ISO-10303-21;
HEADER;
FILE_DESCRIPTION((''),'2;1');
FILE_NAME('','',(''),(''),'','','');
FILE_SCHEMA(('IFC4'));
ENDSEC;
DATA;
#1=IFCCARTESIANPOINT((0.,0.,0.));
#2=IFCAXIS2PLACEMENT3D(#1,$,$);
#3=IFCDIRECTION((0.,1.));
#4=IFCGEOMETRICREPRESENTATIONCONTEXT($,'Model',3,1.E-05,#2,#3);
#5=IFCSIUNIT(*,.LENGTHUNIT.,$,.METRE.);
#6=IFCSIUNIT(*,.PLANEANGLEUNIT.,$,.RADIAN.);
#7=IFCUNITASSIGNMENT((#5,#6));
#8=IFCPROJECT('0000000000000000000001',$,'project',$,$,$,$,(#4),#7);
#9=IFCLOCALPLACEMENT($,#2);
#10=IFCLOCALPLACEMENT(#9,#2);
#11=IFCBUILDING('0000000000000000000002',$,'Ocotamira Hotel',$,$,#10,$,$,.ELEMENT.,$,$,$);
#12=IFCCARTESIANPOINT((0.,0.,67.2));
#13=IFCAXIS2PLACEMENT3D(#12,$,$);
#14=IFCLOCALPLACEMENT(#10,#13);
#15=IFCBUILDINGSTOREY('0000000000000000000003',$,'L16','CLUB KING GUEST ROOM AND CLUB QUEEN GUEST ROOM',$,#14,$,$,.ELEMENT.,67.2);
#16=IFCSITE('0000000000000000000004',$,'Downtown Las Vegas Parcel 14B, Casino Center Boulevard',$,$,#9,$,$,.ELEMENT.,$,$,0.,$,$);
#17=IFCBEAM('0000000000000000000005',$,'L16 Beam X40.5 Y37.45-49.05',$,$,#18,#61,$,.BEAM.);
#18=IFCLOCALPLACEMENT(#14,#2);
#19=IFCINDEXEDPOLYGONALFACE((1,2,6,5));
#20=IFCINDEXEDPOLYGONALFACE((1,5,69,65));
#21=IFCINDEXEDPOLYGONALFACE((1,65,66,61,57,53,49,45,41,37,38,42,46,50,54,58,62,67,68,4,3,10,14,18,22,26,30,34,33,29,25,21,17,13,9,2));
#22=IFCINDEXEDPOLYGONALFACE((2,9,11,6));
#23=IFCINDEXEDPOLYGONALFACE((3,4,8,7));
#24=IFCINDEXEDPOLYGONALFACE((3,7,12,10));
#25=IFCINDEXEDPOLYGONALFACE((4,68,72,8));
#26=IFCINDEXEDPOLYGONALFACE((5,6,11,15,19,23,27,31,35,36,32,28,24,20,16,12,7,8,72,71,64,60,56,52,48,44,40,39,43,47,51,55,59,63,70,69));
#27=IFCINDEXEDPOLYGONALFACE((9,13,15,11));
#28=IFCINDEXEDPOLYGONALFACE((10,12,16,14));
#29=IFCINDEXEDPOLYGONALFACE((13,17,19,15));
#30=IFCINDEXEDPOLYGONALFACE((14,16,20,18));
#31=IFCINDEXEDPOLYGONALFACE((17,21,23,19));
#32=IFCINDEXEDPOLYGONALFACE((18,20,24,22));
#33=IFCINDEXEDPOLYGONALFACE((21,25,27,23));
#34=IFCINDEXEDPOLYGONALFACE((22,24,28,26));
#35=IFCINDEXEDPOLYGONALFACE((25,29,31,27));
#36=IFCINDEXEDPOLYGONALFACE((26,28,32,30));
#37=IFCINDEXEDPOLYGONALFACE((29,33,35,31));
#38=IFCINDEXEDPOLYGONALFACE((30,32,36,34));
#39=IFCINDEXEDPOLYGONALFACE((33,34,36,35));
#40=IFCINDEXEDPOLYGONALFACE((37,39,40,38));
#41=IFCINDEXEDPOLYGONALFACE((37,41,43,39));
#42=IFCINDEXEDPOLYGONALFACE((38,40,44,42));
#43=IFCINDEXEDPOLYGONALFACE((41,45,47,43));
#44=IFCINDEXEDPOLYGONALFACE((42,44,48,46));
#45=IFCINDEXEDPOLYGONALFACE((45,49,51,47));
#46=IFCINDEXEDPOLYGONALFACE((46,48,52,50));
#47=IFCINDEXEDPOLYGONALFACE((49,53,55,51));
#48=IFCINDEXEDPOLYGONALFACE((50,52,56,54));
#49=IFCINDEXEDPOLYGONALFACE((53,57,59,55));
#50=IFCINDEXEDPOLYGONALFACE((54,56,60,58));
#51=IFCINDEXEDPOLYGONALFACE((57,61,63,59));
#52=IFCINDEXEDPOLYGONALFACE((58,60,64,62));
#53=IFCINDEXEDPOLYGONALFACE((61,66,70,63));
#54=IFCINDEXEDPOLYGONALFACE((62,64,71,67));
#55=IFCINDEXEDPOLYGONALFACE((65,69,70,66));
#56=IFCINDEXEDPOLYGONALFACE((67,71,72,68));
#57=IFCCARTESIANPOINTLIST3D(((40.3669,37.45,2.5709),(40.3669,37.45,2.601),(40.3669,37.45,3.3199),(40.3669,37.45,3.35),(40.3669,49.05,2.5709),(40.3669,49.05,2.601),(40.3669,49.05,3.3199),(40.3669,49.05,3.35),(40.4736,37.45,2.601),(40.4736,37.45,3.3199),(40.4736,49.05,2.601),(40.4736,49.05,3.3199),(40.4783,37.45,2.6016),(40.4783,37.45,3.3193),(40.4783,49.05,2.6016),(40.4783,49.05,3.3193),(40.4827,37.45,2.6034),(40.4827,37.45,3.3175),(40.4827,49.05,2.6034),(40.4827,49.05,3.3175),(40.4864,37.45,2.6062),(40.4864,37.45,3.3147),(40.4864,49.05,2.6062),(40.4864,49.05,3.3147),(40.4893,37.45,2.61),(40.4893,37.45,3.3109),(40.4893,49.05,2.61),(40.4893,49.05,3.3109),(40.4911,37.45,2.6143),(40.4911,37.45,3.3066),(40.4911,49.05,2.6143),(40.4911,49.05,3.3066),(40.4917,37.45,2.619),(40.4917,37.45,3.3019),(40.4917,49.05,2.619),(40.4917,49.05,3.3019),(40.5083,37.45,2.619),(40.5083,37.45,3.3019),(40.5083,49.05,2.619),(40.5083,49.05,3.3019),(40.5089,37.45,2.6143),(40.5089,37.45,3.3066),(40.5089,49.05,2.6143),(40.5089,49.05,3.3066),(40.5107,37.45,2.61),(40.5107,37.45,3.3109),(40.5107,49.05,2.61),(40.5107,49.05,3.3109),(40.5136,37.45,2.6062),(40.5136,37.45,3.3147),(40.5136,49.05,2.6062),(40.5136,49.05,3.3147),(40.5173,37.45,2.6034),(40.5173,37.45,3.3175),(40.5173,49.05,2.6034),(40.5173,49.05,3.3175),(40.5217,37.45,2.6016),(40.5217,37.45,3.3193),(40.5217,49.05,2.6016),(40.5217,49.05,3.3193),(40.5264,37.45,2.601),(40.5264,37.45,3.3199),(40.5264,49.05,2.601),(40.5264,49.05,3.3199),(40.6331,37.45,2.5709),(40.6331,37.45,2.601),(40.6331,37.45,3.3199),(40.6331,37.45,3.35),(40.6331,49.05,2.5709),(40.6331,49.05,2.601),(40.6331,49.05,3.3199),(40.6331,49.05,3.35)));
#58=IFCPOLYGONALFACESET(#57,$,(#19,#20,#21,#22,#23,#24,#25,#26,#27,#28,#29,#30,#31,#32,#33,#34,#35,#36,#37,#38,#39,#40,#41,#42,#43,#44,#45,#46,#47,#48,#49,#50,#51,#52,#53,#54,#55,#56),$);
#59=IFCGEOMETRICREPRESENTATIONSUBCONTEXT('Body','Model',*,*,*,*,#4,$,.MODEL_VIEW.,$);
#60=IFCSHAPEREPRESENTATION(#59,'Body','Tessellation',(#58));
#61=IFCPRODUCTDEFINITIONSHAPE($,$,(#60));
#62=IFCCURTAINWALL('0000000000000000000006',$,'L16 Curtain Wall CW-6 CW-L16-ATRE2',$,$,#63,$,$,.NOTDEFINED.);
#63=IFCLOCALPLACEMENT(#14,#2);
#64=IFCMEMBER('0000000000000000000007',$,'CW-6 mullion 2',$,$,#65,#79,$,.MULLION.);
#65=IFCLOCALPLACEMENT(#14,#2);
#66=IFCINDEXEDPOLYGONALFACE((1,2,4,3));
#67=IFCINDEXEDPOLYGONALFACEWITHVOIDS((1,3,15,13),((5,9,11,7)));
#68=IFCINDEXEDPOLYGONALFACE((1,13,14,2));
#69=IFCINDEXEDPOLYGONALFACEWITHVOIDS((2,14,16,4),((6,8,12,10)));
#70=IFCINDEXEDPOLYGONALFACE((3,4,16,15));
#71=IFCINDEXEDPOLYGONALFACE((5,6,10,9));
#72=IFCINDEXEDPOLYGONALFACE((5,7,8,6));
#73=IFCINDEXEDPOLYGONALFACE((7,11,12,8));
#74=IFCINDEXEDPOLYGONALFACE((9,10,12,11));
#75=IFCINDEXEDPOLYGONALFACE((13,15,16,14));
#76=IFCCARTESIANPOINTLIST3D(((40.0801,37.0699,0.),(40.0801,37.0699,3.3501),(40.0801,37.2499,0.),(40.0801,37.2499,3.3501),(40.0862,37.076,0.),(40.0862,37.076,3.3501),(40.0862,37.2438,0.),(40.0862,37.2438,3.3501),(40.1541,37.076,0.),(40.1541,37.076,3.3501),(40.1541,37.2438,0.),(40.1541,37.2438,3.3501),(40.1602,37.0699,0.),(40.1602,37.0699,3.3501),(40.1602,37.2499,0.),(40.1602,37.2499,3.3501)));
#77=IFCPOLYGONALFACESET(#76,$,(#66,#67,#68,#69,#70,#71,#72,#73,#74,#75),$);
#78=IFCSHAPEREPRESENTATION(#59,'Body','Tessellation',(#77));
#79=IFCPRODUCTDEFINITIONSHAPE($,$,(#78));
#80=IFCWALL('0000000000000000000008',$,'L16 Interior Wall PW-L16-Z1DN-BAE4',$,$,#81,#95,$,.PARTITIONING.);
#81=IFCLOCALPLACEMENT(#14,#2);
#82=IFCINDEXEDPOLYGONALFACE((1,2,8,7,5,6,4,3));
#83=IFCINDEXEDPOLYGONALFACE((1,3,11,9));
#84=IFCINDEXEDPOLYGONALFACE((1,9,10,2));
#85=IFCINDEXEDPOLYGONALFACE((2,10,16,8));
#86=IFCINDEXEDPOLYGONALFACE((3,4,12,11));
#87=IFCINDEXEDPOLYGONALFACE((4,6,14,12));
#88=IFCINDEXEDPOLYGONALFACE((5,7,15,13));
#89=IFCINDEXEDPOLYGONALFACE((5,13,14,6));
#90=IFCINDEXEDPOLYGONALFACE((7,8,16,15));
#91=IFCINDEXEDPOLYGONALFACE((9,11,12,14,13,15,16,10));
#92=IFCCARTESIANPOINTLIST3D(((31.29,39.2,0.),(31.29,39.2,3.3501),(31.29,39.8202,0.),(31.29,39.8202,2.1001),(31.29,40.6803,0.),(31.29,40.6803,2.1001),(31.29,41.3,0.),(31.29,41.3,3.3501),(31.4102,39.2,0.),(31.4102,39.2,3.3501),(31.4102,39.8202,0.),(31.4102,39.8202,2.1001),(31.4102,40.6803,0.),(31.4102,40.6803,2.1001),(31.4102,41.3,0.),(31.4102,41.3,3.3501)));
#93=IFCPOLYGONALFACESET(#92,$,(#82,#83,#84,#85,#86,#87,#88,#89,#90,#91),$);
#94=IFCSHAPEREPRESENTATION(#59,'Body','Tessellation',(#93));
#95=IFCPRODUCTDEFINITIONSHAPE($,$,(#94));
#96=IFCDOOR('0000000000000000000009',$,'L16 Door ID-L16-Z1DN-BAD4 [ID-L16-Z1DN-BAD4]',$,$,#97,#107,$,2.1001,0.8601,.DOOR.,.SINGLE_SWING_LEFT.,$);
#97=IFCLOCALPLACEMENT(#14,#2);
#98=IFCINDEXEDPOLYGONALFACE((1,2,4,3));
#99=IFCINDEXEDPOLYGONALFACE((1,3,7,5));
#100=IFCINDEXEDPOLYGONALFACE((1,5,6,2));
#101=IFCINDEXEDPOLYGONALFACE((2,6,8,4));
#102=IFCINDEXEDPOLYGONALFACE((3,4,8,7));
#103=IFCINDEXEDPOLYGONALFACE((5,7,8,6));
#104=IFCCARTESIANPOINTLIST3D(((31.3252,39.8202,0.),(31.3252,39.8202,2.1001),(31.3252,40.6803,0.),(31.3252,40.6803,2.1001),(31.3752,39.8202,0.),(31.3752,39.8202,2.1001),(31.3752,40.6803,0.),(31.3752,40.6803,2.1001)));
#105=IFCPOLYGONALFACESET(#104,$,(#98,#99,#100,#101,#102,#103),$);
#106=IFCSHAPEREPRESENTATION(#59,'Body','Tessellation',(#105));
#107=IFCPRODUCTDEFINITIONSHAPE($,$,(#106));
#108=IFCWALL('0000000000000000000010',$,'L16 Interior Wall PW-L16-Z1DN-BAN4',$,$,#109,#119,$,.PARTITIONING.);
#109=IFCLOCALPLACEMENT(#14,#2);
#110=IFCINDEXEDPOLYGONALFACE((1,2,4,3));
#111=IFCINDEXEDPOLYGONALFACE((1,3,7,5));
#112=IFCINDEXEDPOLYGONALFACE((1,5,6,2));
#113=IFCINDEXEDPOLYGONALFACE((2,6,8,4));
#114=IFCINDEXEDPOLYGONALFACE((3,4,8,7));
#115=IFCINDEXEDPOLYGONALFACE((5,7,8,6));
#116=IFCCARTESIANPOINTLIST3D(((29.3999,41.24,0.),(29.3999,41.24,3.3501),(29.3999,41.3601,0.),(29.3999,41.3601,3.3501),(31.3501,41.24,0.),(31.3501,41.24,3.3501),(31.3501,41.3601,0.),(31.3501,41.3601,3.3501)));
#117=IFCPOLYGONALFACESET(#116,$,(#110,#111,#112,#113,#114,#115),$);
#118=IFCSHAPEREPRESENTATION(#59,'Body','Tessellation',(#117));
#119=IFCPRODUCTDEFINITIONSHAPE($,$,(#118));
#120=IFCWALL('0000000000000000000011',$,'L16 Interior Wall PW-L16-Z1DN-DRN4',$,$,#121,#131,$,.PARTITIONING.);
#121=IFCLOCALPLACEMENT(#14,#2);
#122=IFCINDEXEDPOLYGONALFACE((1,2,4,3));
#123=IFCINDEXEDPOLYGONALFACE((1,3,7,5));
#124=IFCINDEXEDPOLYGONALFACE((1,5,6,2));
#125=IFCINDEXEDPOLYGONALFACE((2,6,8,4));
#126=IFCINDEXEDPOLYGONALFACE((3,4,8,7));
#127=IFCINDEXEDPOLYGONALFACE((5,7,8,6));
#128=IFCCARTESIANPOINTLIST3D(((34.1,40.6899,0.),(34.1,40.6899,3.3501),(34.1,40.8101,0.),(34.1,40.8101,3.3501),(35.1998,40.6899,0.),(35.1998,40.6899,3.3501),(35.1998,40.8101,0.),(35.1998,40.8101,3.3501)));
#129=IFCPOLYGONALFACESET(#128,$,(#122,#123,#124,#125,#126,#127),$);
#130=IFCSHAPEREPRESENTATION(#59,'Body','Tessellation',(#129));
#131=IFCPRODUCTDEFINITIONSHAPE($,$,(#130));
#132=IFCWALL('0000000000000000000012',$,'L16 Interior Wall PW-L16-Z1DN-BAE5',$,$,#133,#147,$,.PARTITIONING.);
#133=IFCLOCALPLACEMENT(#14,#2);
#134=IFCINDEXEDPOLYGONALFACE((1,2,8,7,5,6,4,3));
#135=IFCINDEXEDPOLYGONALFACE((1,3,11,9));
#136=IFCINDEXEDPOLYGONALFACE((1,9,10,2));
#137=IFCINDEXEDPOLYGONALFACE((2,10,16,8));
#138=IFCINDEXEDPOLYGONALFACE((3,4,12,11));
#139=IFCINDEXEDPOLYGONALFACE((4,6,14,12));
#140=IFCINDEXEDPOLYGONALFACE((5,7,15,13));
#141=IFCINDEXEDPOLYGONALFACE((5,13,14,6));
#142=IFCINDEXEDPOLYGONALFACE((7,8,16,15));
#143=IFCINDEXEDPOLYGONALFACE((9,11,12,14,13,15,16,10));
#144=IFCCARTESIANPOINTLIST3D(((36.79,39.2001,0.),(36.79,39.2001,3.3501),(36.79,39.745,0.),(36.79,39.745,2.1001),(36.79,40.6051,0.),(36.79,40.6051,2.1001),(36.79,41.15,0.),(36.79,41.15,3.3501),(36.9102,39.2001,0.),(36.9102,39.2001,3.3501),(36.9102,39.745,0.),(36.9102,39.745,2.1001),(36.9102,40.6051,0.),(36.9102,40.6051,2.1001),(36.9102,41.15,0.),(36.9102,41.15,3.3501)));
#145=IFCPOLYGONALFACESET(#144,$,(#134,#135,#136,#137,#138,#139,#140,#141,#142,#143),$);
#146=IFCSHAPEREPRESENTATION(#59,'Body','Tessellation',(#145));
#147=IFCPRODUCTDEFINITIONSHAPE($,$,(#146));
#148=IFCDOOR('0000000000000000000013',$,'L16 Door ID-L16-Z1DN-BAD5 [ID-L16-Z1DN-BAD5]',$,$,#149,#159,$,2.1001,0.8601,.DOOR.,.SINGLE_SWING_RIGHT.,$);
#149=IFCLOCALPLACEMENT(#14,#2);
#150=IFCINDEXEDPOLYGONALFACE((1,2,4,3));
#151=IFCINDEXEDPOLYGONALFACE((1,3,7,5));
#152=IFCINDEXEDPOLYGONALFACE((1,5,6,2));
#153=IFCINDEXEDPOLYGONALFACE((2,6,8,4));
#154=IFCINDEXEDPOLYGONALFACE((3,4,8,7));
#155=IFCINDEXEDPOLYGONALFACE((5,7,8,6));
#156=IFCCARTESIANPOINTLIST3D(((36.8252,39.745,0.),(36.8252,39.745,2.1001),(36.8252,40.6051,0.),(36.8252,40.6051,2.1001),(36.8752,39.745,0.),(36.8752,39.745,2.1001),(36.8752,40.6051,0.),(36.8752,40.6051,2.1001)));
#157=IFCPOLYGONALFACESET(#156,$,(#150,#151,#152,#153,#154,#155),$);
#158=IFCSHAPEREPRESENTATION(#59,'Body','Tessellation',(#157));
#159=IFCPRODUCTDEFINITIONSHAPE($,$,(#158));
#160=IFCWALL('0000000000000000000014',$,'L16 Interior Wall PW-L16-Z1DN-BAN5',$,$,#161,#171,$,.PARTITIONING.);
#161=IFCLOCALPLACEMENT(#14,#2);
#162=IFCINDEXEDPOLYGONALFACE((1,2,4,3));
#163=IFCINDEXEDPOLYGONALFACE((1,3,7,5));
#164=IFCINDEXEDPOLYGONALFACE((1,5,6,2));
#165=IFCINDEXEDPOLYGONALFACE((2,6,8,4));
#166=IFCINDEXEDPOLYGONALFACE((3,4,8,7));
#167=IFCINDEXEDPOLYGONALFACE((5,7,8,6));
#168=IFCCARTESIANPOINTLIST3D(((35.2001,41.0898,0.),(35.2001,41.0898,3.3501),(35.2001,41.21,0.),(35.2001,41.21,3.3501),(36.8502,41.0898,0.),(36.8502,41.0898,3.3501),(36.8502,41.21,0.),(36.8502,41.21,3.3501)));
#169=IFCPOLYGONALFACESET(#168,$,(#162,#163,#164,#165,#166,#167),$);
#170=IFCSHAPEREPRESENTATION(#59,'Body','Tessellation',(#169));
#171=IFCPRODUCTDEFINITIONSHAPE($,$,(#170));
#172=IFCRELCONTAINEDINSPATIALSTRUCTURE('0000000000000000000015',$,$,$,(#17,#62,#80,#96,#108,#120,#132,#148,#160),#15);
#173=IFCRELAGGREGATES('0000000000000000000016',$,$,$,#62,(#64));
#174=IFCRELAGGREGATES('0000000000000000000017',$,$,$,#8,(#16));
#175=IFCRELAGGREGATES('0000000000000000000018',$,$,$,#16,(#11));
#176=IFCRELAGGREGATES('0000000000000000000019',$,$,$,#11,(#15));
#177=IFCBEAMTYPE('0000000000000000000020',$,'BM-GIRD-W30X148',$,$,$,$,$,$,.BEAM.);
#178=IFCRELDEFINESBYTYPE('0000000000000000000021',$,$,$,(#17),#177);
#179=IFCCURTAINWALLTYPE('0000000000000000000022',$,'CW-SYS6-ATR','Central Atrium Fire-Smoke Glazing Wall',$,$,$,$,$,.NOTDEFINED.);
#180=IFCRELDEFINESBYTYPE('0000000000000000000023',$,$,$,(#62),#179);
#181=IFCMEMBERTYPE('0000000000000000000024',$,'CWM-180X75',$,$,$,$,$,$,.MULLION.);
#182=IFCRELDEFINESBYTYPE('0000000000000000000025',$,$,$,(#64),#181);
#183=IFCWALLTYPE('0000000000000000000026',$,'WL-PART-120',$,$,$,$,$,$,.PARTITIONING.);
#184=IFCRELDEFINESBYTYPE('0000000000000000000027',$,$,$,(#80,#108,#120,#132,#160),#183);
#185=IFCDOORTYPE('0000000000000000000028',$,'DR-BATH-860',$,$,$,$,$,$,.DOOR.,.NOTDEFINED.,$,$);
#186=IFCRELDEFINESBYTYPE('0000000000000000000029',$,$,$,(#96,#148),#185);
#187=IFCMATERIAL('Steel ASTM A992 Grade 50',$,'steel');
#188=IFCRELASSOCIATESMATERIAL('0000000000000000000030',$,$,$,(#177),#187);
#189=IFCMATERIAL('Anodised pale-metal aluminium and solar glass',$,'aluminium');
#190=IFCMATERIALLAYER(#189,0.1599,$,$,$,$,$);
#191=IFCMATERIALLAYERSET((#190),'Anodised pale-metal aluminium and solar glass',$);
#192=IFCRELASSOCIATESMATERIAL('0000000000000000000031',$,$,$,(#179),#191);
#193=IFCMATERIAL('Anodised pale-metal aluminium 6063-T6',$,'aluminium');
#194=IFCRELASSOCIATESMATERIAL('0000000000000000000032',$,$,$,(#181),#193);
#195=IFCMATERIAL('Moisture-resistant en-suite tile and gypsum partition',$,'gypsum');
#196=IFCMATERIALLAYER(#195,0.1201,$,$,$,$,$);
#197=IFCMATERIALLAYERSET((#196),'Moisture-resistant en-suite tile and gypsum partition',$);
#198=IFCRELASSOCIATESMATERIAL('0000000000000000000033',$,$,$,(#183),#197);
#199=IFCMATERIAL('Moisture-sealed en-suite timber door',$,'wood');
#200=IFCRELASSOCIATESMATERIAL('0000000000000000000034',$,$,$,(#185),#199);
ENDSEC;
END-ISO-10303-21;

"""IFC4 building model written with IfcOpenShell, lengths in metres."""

from ifc_helpers import new_model, si_unit, direction, frame, frame_2d, origin, origin_2d, place, context, subcontext, project, spatial, rectangle, hollow_rectangle, i_section, extrude, source, transform, mapped, material, layer, layer_set, material_profile, profile_set, type_object, element, fill, aggregate, save


model = new_model("IFC4")

# Units and contexts
model_context = context("Model", 3, precision=1e-05, world=origin(), true_north=direction((0.0, 1.0)))
body_context = subcontext(model_context, "Body", "Model", "MODEL_VIEW")
ifc_project = project(units=[si_unit("LENGTHUNIT", "METRE"), si_unit("PLANEANGLEUNIT", "RADIAN")], contexts=[model_context])

# Site, building, storey
site_placement = place(None, origin())
site = spatial("IfcSite", under=ifc_project, at=site_placement, Name="Downtown Las Vegas Parcel 14B, Casino Center Boulevard", CompositionType="ELEMENT", RefElevation=0.0)
building_placement = place(site_placement, origin())
building = spatial("IfcBuilding", under=site, at=building_placement, Name="Ocotamira Hotel", CompositionType="ELEMENT")
storey_placement = place(building_placement, frame((0.0, 0.0, 67.2)))
storey = spatial("IfcBuildingStorey", under=building, at=storey_placement, Name="L16", Description="CLUB KING GUEST ROOM AND CLUB QUEEN GUEST ROOM", CompositionType="ELEMENT", Elevation=67.2)

# Beam
ifc_material_1 = material(Name="Steel ASTM A992 Grade 50", Category="steel")
ifc_material_profile_1 = material_profile(ifc_material_1, i_section(OverallWidth=0.2661, OverallDepth=0.7791, WebThickness=0.0166, FlangeThickness=0.03, FilletRadius=0.0181, at=origin_2d()), Name="W30X148")
ifc_profile_set_1 = profile_set([ifc_material_profile_1], Name="Steel ASTM A992 Grade 50")
beam_type_1 = type_object("IfcBeamType", Name="BM-GIRD-W30X148", PredefinedType="BEAM", material=ifc_profile_set_1)
shared_shape_1 = source(origin(), body_context, "Body", "SweptSolid", [
    extrude(i_section(OverallWidth=0.2661, OverallDepth=0.7791, WebThickness=0.0166, FlangeThickness=0.03, FilletRadius=0.0181, at=origin_2d()), origin(), (0.0, 0.0, 1.0), 11.6001),
])
beam_1_placement = place(storey_placement, frame((40.5, 37.45, 2.9604), z_axis=(0.0, 1.0, 0.0), x_axis=(-1.0, 0.0, 0.0)))
element("IfcBeam", 1, at=beam_1_placement, inside=storey, type_object=beam_type_1, Name="L16 Beam X40.5 Y37.45-49.05", PredefinedType="BEAM", context=body_context, shape_type="MappedRepresentation", body=[
    mapped(shared_shape_1, transform((0.0, 0.0, 0.0), scale=1.0)),
])

# Curtain wall, member
ifc_material_2 = material(Name="Anodised pale-metal aluminium and solar glass", Category="aluminium")
ifc_layer_1 = layer(ifc_material_2, 0.1599)
ifc_layer_set_1 = layer_set([ifc_layer_1], Name="Anodised pale-metal aluminium and solar glass")
curtain_wall_type = type_object("IfcCurtainWallType", Name="CW-SYS6-ATR", Description="Central Atrium Fire-Smoke Glazing Wall", PredefinedType="NOTDEFINED", material=ifc_layer_set_1)
curtain_wall_placement = place(storey_placement, origin())
curtain_wall = element("IfcCurtainWall", 2, at=curtain_wall_placement, inside=storey, type_object=curtain_wall_type, Name="L16 Curtain Wall CW-6 CW-L16-ATRE2", PredefinedType="NOTDEFINED")
ifc_material_3 = material(Name="Anodised pale-metal aluminium 6063-T6", Category="aluminium")
ifc_material_profile_2 = material_profile(ifc_material_3, hollow_rectangle(XDim=0.0801, YDim=0.1799, WallThickness=0.0061, at=origin_2d()), Name="HSS180X80X6")
ifc_profile_set_2 = profile_set([ifc_material_profile_2], Name="Anodised pale-metal aluminium 6063-T6")
member_type = type_object("IfcMemberType", Name="CWM-180X75", PredefinedType="MULLION", material=ifc_profile_set_2)
shared_shape_2 = source(origin(), body_context, "Body", "SweptSolid", [
    extrude(hollow_rectangle(XDim=0.0801, YDim=0.1799, WallThickness=0.0061, at=origin_2d()), origin(), (0.0, 0.0, 1.0), 3.3501),
])
member_placement = place(storey_placement, frame((40.1201, 37.1599, 0.0), z_axis=(0.0, 0.0, 1.0), x_axis=(-1.0, 0.0, 0.0)))
member = element("IfcMember", 3, at=member_placement, type_object=member_type, Name="CW-6 mullion 2", PredefinedType="MULLION", context=body_context, shape_type="MappedRepresentation", body=[
    mapped(shared_shape_2, transform((0.0, 0.0, 0.0), scale=1.0)),
])
aggregate(curtain_wall, [member])

# Wall, opening, door
ifc_material_4 = material(Name="Moisture-resistant en-suite tile and gypsum partition", Category="gypsum")
ifc_layer_2 = layer(ifc_material_4, 0.1201)
ifc_layer_set_2 = layer_set([ifc_layer_2], Name="Moisture-resistant en-suite tile and gypsum partition")
wall_type_1 = type_object("IfcWallType", Name="WL-PART-120", PredefinedType="PARTITIONING", material=ifc_layer_set_2)
wall_1_placement = place(storey_placement, frame((31.3501, 39.2, 0.0), z_axis=(0.0, 0.0, 1.0), x_axis=(0.0, 1.0, 0.0)))
wall_1 = element("IfcWall", 4, at=wall_1_placement, inside=storey, type_object=wall_type_1, Name="L16 Interior Wall PW-L16-Z1DN-BAE4", PredefinedType="PARTITIONING", context=body_context, shape_type="SweptSolid", body=[
    extrude(rectangle(XDim=2.1001, YDim=0.1201, at=frame_2d((1.05, 0.0))), origin(), (0.0, 0.0, 1.0), 3.3501),
])
opening_1_placement = place(wall_1_placement, frame((0.6201, 0.0, 0.0)))
opening_1 = element("IfcOpeningElement", 5, at=opening_1_placement, cuts=wall_1, PredefinedType="OPENING", context=body_context, shape_type="SweptSolid", body=[
    extrude(rectangle(XDim=0.8601, YDim=2.1001, at=frame_2d((0.4302, 1.05))), frame((0.0, 0.0701, 0.0), z_axis=(0.0, -1.0, 0.0), x_axis=(1.0, 0.0, 0.0)), (0.0, 0.0, 1.0), 0.1401),
])
ifc_material_5 = material(Name="Moisture-sealed en-suite timber door", Category="wood")
door_type_1 = type_object("IfcDoorType", Name="DR-BATH-860", OperationType="NOTDEFINED", PredefinedType="DOOR", material=ifc_material_5)
shared_shape_3 = source(origin(), body_context, "Body", "SweptSolid", [
    extrude(rectangle(XDim=0.8601, YDim=2.1001, at=frame_2d((0.4302, 1.05))), frame((0.0, 0.0249, 0.0), z_axis=(0.0, -1.0, 0.0), x_axis=(1.0, 0.0, 0.0)), (0.0, 0.0, 1.0), 0.05),
])
door_1_placement = place(opening_1_placement, origin())
door_1 = element("IfcDoor", 6, at=door_1_placement, inside=storey, type_object=door_type_1, Name="L16 Door ID-L16-Z1DN-BAD4 [ID-L16-Z1DN-BAD4]", OperationType="SINGLE_SWING_LEFT", OverallHeight=2.1001, OverallWidth=0.8601, PredefinedType="DOOR", context=body_context, shape_type="MappedRepresentation", body=[
    mapped(shared_shape_3, transform((0.0, 0.0, 0.0), scale=1.0)),
])
fill(opening_1, door_1)

# Walls
wall_2_placement = place(storey_placement, frame((29.3999, 41.3, 0.0), z_axis=(0.0, 0.0, 1.0), x_axis=(1.0, 0.0, 0.0)))
element("IfcWall", 7, at=wall_2_placement, inside=storey, type_object=wall_type_1, Name="L16 Interior Wall PW-L16-Z1DN-BAN4", PredefinedType="PARTITIONING", context=body_context, shape_type="SweptSolid", body=[
    extrude(rectangle(XDim=1.9502, YDim=0.1201, at=frame_2d((0.9751, 0.0))), origin(), (0.0, 0.0, 1.0), 3.3501),
])
wall_3_placement = place(storey_placement, frame((34.1001, 40.75, 0.0), z_axis=(0.0, 0.0, 1.0), x_axis=(1.0, 0.0, 0.0)))
element("IfcWall", 8, at=wall_3_placement, inside=storey, type_object=wall_type_1, Name="L16 Interior Wall PW-L16-Z1DN-DRN4", PredefinedType="PARTITIONING", context=body_context, shape_type="SweptSolid", body=[
    extrude(rectangle(XDim=1.0999, YDim=0.1201, at=frame_2d((0.5498, 0.0))), origin(), (0.0, 0.0, 1.0), 3.3501),
])

# Wall, opening, door
wall_4_placement = place(storey_placement, frame((36.8501, 39.2, 0.0), z_axis=(0.0, 0.0, 1.0), x_axis=(0.0, 1.0, 0.0)))
wall_4 = element("IfcWall", 9, at=wall_4_placement, inside=storey, type_object=wall_type_1, Name="L16 Interior Wall PW-L16-Z1DN-BAE5", PredefinedType="PARTITIONING", context=body_context, shape_type="SweptSolid", body=[
    extrude(rectangle(XDim=1.95, YDim=0.1201, at=frame_2d((0.9751, 0.0))), origin(), (0.0, 0.0, 1.0), 3.3501),
])
opening_2_placement = place(wall_4_placement, frame((0.5449, 0.0, 0.0)))
opening_2 = element("IfcOpeningElement", 10, at=opening_2_placement, cuts=wall_4, PredefinedType="OPENING", context=body_context, shape_type="SweptSolid", body=[
    extrude(rectangle(XDim=0.8601, YDim=2.1001, at=frame_2d((0.4302, 1.05))), frame((0.0, 0.0701, 0.0), z_axis=(0.0, -1.0, 0.0), x_axis=(1.0, 0.0, 0.0)), (0.0, 0.0, 1.0), 0.1401),
])
door_2_placement = place(opening_2_placement, origin())
door_2 = element("IfcDoor", 11, at=door_2_placement, inside=storey, type_object=door_type_1, Name="L16 Door ID-L16-Z1DN-BAD5 [ID-L16-Z1DN-BAD5]", OperationType="SINGLE_SWING_RIGHT", OverallHeight=2.1001, OverallWidth=0.8601, PredefinedType="DOOR", context=body_context, shape_type="MappedRepresentation", body=[
    mapped(shared_shape_3, transform((0.0, 0.0, 0.0), scale=1.0)),
])
fill(opening_2, door_2)

# Wall
wall_5_placement = place(storey_placement, frame((35.2, 41.1499, 0.0), z_axis=(0.0, 0.0, 1.0), x_axis=(1.0, 0.0, 0.0)))
element("IfcWall", 12, at=wall_5_placement, inside=storey, type_object=wall_type_1, Name="L16 Interior Wall PW-L16-Z1DN-BAN5", PredefinedType="PARTITIONING", context=body_context, shape_type="SweptSolid", body=[
    extrude(rectangle(XDim=1.6501, YDim=0.1201, at=frame_2d((0.8252, 0.0))), origin(), (0.0, 0.0, 1.0), 3.3501),
])

save(model, "model.ifc")
